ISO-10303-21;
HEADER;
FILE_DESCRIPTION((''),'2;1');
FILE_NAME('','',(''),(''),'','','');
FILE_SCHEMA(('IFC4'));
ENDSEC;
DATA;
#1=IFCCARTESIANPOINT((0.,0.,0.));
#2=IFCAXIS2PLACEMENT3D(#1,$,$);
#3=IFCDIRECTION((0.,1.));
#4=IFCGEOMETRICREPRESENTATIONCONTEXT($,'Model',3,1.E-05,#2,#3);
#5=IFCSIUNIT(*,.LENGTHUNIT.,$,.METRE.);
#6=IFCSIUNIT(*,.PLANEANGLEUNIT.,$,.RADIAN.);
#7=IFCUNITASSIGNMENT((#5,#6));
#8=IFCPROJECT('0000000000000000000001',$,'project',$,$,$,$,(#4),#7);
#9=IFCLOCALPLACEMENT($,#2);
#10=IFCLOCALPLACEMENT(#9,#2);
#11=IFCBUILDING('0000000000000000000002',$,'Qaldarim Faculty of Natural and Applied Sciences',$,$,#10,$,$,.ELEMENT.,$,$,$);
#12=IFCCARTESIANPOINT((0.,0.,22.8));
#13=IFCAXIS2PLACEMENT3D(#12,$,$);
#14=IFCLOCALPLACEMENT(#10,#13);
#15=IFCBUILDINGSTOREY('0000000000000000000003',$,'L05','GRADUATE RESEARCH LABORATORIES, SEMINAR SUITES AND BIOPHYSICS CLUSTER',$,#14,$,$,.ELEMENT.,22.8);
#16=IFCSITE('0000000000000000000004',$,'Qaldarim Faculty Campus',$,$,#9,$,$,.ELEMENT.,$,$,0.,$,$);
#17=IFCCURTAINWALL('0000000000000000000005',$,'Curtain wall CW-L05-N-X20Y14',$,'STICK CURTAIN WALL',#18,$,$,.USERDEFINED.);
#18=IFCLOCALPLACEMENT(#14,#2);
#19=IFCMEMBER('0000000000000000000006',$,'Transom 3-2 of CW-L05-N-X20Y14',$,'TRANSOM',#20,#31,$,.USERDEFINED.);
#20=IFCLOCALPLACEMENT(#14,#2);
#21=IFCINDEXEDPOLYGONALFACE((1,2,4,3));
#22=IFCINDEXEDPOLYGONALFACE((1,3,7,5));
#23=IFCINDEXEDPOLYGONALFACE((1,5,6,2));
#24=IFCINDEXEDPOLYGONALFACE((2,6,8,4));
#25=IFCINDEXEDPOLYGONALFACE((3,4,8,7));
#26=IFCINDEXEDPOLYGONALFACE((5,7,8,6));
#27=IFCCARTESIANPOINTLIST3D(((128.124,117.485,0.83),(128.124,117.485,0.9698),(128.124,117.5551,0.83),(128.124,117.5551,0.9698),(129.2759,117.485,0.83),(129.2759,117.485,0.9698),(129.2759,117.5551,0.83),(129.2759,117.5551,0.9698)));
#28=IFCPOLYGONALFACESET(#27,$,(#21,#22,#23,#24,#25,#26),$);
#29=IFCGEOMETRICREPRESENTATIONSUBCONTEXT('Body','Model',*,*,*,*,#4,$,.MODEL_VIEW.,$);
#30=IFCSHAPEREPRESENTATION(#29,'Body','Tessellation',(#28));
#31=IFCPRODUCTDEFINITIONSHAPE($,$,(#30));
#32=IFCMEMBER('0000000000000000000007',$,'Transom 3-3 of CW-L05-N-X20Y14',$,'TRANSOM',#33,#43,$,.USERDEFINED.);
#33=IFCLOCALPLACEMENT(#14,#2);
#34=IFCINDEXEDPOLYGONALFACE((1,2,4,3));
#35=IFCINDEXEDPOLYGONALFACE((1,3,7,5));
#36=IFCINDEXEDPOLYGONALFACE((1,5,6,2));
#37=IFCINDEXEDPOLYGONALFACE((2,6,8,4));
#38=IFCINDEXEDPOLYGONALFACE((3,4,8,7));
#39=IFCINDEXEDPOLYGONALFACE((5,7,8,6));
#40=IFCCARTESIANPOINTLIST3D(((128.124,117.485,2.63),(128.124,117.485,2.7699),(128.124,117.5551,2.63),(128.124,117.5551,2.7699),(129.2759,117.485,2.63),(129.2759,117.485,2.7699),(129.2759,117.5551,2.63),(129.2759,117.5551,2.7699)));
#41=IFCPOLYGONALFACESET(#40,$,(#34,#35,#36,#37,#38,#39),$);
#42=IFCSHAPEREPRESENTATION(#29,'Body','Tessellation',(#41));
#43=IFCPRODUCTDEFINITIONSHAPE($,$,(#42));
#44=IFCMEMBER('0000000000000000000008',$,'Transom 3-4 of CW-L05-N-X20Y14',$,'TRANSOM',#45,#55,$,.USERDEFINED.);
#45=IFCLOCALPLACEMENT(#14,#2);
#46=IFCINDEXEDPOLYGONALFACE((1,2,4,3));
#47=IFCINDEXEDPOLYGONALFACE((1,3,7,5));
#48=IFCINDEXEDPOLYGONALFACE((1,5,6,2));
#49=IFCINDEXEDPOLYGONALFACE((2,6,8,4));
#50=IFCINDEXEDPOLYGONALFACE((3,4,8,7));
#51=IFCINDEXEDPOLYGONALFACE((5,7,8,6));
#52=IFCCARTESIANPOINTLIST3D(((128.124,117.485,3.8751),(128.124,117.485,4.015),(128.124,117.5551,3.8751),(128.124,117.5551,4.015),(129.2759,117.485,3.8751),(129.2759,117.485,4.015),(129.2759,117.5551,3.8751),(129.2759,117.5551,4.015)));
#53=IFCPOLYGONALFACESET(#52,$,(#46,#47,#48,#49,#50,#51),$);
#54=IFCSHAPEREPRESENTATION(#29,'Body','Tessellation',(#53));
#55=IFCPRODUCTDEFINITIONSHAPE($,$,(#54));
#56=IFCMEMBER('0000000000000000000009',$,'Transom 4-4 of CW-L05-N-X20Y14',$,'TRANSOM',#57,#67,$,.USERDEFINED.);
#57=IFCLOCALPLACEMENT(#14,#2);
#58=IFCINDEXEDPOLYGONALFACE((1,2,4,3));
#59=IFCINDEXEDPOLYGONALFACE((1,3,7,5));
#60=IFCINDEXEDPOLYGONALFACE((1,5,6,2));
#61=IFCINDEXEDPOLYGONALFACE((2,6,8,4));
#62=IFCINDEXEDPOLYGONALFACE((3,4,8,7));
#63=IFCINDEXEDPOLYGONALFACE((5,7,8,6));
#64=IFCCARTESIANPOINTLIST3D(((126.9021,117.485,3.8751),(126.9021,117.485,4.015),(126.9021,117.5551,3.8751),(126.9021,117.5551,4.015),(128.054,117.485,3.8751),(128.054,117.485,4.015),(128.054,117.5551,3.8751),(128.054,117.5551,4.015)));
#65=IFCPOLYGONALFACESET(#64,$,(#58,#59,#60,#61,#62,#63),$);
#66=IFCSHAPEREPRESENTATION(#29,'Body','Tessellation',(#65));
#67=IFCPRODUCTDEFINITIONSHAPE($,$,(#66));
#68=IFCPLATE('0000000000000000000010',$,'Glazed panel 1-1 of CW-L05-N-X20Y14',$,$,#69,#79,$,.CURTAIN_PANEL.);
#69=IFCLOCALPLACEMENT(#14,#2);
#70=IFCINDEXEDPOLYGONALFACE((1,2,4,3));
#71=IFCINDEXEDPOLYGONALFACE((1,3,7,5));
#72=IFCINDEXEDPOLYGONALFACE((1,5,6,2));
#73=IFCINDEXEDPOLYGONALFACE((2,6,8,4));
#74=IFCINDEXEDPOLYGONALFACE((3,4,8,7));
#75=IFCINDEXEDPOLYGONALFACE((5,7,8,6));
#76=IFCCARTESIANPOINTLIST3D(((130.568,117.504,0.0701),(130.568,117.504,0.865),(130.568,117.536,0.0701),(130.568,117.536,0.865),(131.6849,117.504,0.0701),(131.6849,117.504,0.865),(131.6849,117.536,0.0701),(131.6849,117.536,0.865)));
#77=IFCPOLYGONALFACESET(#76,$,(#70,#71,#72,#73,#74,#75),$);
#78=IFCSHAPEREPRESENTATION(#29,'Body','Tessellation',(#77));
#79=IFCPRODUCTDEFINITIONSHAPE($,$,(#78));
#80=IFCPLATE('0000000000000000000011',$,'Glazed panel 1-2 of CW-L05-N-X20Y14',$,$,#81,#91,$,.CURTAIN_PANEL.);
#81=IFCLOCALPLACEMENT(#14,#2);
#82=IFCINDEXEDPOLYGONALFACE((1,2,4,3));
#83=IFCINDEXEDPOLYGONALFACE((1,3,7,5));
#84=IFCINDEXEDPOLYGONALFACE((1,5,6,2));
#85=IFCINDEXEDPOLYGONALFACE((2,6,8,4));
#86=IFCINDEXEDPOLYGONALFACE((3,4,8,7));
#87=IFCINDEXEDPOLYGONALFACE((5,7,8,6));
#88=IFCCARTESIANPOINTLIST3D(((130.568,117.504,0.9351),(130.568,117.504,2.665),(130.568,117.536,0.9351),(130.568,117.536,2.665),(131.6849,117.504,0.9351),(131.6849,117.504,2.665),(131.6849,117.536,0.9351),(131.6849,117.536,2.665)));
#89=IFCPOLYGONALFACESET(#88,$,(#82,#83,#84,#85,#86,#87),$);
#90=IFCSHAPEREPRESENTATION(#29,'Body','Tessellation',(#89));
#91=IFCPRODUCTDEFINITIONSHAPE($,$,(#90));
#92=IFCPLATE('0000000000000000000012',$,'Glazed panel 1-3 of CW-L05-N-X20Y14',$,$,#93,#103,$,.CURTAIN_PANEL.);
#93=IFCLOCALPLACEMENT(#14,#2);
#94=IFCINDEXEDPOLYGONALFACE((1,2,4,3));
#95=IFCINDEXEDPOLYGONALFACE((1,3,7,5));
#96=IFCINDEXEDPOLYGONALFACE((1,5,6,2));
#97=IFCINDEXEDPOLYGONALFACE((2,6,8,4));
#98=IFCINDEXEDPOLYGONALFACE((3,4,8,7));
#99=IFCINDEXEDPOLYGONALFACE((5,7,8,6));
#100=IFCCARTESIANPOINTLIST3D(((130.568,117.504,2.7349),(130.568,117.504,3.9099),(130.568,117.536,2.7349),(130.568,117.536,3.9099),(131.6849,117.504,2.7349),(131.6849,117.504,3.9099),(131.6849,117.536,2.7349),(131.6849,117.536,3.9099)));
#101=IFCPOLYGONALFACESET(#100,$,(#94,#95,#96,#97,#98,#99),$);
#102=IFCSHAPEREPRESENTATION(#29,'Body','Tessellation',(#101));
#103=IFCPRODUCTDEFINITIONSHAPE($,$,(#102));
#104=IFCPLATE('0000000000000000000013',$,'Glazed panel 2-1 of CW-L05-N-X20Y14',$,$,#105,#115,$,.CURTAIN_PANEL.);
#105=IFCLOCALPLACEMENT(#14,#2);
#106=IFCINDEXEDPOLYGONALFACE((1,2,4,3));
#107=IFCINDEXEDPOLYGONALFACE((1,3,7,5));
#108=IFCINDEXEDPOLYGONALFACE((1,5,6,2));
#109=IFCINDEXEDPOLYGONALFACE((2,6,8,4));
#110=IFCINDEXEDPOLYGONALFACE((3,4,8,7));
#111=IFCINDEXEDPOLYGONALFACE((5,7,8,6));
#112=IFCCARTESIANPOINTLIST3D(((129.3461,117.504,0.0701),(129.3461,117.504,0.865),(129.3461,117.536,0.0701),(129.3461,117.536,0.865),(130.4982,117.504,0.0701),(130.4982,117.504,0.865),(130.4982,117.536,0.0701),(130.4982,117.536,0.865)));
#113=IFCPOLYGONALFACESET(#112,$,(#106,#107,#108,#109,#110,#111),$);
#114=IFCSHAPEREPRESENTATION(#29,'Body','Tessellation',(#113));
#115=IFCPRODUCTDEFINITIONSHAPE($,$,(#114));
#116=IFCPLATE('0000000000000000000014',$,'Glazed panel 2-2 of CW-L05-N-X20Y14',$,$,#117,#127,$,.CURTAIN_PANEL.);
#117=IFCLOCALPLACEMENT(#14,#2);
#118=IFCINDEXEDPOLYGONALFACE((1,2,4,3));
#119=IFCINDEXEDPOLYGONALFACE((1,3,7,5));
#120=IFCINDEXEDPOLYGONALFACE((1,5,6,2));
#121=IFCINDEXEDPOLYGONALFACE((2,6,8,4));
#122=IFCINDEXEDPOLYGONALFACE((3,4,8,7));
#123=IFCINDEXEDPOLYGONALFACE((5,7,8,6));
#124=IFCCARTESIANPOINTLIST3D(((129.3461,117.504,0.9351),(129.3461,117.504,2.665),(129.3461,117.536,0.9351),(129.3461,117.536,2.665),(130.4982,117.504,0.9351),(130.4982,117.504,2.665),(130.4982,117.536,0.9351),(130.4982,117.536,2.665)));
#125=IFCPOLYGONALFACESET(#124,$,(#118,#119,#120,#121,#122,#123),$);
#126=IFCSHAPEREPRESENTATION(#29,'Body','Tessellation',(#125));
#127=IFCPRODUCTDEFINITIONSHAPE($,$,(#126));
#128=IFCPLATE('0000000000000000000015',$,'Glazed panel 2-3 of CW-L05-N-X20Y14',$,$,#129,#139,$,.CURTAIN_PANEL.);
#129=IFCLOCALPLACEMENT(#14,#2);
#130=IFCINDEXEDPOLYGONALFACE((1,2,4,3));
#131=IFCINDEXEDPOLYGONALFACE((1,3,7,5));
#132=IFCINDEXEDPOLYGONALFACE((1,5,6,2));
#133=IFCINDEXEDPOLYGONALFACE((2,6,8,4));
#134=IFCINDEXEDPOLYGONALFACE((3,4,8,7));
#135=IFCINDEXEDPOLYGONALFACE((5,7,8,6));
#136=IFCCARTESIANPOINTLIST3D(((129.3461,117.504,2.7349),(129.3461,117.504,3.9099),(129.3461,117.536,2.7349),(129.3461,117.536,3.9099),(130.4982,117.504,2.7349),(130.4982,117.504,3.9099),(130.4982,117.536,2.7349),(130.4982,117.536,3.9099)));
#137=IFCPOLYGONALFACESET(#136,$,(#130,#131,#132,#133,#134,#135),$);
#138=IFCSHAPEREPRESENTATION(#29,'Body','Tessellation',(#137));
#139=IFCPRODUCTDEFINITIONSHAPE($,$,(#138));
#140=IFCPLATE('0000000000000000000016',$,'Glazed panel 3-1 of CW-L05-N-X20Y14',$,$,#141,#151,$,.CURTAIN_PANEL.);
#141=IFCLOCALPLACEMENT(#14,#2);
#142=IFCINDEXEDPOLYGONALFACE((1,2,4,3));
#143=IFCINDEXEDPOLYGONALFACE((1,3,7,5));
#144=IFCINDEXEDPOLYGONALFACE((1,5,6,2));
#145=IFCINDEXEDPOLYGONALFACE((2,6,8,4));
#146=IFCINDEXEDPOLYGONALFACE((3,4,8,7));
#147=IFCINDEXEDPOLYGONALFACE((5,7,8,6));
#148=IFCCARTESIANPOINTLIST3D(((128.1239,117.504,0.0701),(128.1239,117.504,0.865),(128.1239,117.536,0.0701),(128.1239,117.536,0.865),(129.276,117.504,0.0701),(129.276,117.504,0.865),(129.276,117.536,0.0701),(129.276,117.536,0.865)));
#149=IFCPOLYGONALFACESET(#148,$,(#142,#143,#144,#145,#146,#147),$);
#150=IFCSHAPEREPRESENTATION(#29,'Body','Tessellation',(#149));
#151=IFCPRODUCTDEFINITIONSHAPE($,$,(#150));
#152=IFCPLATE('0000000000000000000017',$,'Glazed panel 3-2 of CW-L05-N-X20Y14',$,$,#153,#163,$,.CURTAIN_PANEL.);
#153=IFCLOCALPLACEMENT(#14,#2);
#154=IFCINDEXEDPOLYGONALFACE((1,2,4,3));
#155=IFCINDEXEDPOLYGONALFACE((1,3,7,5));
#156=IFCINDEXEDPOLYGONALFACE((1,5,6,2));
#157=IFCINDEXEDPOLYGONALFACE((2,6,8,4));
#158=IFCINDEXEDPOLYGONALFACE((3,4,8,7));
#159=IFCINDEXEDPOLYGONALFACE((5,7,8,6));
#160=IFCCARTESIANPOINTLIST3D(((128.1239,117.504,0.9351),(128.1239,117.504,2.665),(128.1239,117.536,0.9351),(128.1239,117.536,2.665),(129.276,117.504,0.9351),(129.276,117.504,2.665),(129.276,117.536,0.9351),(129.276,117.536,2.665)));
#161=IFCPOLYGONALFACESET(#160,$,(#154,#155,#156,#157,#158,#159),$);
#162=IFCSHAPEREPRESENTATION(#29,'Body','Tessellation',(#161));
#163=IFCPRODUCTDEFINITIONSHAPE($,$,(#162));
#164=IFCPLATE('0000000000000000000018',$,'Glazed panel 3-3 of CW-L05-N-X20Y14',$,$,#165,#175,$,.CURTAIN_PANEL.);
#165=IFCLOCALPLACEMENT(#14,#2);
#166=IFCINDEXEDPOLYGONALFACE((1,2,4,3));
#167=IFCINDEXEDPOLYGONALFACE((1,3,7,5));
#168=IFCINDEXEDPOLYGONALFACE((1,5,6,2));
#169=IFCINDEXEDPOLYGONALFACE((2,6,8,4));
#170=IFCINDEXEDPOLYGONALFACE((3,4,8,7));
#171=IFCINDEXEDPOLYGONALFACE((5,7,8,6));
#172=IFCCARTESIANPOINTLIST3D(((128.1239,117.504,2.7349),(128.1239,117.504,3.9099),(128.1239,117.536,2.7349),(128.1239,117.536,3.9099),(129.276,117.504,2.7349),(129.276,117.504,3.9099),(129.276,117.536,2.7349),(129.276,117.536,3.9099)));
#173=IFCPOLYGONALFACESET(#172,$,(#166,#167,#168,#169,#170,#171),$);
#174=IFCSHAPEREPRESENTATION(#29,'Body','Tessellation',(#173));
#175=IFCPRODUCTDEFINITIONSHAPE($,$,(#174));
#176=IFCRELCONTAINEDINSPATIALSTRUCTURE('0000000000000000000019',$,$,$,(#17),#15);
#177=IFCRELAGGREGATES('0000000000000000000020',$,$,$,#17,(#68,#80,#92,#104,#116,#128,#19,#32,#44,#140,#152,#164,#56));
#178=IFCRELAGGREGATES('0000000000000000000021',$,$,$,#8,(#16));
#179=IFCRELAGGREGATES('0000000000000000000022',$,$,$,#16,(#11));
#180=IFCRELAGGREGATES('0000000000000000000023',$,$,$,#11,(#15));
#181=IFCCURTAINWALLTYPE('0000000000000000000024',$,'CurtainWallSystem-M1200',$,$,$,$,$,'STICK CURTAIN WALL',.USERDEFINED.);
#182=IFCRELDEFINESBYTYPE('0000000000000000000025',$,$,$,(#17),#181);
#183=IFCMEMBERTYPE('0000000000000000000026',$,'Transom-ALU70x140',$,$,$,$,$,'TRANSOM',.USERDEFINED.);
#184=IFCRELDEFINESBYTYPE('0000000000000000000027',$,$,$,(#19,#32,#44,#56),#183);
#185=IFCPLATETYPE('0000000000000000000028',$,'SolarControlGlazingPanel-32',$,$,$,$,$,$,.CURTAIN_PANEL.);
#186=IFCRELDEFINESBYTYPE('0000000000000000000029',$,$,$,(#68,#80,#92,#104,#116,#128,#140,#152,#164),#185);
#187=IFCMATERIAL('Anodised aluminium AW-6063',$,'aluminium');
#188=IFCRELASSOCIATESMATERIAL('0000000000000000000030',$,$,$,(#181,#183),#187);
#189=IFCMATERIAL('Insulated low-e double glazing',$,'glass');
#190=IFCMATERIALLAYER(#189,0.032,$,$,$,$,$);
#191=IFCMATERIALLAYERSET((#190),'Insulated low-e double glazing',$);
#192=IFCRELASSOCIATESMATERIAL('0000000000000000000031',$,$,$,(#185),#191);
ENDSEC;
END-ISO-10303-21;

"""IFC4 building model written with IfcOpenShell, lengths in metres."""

from ifc_helpers import new_model, si_unit, direction, frame, origin, origin_2d, place, context, subcontext, project, spatial, rectangle, extrude, material, layer, layer_set, material_profile, profile_set, type_object, element, aggregate, save


model = new_model("IFC4")

# Units and contexts
model_context = context("Model", 3, precision=1e-05, world=origin(), true_north=direction((0.0, 1.0)))
body_context = subcontext(model_context, "Body", "Model", "MODEL_VIEW")
ifc_project = project(units=[si_unit("LENGTHUNIT", "METRE"), si_unit("PLANEANGLEUNIT", "RADIAN")], contexts=[model_context])

# Site, building, storey
site_placement = place(None, origin())
site = spatial("IfcSite", under=ifc_project, at=site_placement, Name="Qaldarim Faculty Campus", CompositionType="ELEMENT", RefElevation=0.0)
building_placement = place(site_placement, origin())
building = spatial("IfcBuilding", under=site, at=building_placement, Name="Qaldarim Faculty of Natural and Applied Sciences", CompositionType="ELEMENT")
storey_placement = place(building_placement, frame((0.0, 0.0, 22.8)))
storey = spatial("IfcBuildingStorey", under=building, at=storey_placement, Name="L05", Description="GRADUATE RESEARCH LABORATORIES, SEMINAR SUITES AND BIOPHYSICS CLUSTER", CompositionType="ELEMENT", Elevation=22.8)

# Curtain wall, members, plates
ifc_material_1 = material(Name="Anodised aluminium AW-6063", Category="aluminium")
curtain_wall_type = type_object("IfcCurtainWallType", Name="CurtainWallSystem-M1200", ElementType="STICK CURTAIN WALL", PredefinedType="USERDEFINED", material=ifc_material_1)
curtain_wall_placement = place(storey_placement, origin())
curtain_wall = element("IfcCurtainWall", 1, at=curtain_wall_placement, inside=storey, type_object=curtain_wall_type, Name="Curtain wall CW-L05-N-X20Y14", ObjectType="STICK CURTAIN WALL", PredefinedType="USERDEFINED")
ifc_material_profile_1 = material_profile(ifc_material_1, rectangle(XDim=0.0701, YDim=0.1399, at=origin_2d()), Name="ALU-T70x140")
ifc_profile_set_1 = profile_set([ifc_material_profile_1], Name="Anodised aluminium AW-6063")
member_type_1 = type_object("IfcMemberType", Name="Transom-ALU70x140", ElementType="TRANSOM", PredefinedType="USERDEFINED", material=ifc_profile_set_1)
member_1_placement = place(storey_placement, frame((129.2759, 117.52, 0.8999), z_axis=(-1.0, 0.0, 0.0), x_axis=(0.0, -1.0, 0.0)))
member_1 = element("IfcMember", 2, at=member_1_placement, type_object=member_type_1, Name="Transom 3-2 of CW-L05-N-X20Y14", ObjectType="TRANSOM", PredefinedType="USERDEFINED", context=body_context, shape_type="SweptSolid", body=[
    extrude(rectangle(XDim=0.0701, YDim=0.1399, at=origin_2d()), origin(), (0.0, 0.0, 1.0), 1.1519),
])
member_2_placement = place(storey_placement, frame((129.2759, 117.52, 2.7), z_axis=(-1.0, 0.0, 0.0), x_axis=(0.0, -1.0, 0.0)))
member_2 = element("IfcMember", 3, at=member_2_placement, type_object=member_type_1, Name="Transom 3-3 of CW-L05-N-X20Y14", ObjectType="TRANSOM", PredefinedType="USERDEFINED", context=body_context, shape_type="SweptSolid", body=[
    extrude(rectangle(XDim=0.0701, YDim=0.1399, at=origin_2d()), origin(), (0.0, 0.0, 1.0), 1.1519),
])
member_3_placement = place(storey_placement, frame((129.2759, 117.52, 3.9451), z_axis=(-1.0, 0.0, 0.0), x_axis=(0.0, -1.0, 0.0)))
member_3 = element("IfcMember", 4, at=member_3_placement, type_object=member_type_1, Name="Transom 3-4 of CW-L05-N-X20Y14", ObjectType="TRANSOM", PredefinedType="USERDEFINED", context=body_context, shape_type="SweptSolid", body=[
    extrude(rectangle(XDim=0.0701, YDim=0.1399, at=origin_2d()), origin(), (0.0, 0.0, 1.0), 1.1519),
])
member_4_placement = place(storey_placement, frame((128.054, 117.52, 3.9451), z_axis=(-1.0, 0.0, 0.0), x_axis=(0.0, -1.0, 0.0)))
member_4 = element("IfcMember", 5, at=member_4_placement, type_object=member_type_1, Name="Transom 4-4 of CW-L05-N-X20Y14", ObjectType="TRANSOM", PredefinedType="USERDEFINED", context=body_context, shape_type="SweptSolid", body=[
    extrude(rectangle(XDim=0.0701, YDim=0.1399, at=origin_2d()), origin(), (0.0, 0.0, 1.0), 1.1519),
])
ifc_material_2 = material(Name="Insulated low-e double glazing", Category="glass")
ifc_layer = layer(ifc_material_2, 0.032)
ifc_layer_set = layer_set([ifc_layer], Name="Insulated low-e double glazing")
plate_type = type_object("IfcPlateType", Name="SolarControlGlazingPanel-32", PredefinedType="CURTAIN_PANEL", material=ifc_layer_set)
plate_1_placement = place(storey_placement, frame((131.1265, 117.52, 0.0701), z_axis=(0.0, 0.0, 1.0), x_axis=(-1.0, 0.0, 0.0)))
plate_1 = element("IfcPlate", 6, at=plate_1_placement, type_object=plate_type, Name="Glazed panel 1-1 of CW-L05-N-X20Y14", PredefinedType="CURTAIN_PANEL", context=body_context, shape_type="SweptSolid", body=[
    extrude(rectangle(XDim=1.1169, YDim=0.032, at=origin_2d()), origin(), (0.0, 0.0, 1.0), 0.7949),
])
plate_2_placement = place(storey_placement, frame((131.1265, 117.52, 0.9351), z_axis=(0.0, 0.0, 1.0), x_axis=(-1.0, 0.0, 0.0)))
plate_2 = element("IfcPlate", 7, at=plate_2_placement, type_object=plate_type, Name="Glazed panel 1-2 of CW-L05-N-X20Y14", PredefinedType="CURTAIN_PANEL", context=body_context, shape_type="SweptSolid", body=[
    extrude(rectangle(XDim=1.1169, YDim=0.032, at=origin_2d()), origin(), (0.0, 0.0, 1.0), 1.73),
])
plate_3_placement = place(storey_placement, frame((131.1265, 117.52, 2.7349), z_axis=(0.0, 0.0, 1.0), x_axis=(-1.0, 0.0, 0.0)))
plate_3 = element("IfcPlate", 8, at=plate_3_placement, type_object=plate_type, Name="Glazed panel 1-3 of CW-L05-N-X20Y14", PredefinedType="CURTAIN_PANEL", context=body_context, shape_type="SweptSolid", body=[
    extrude(rectangle(XDim=1.1169, YDim=0.032, at=origin_2d()), origin(), (0.0, 0.0, 1.0), 1.175),
])
plate_4_placement = place(storey_placement, frame((129.9221, 117.52, 0.0701), z_axis=(0.0, 0.0, 1.0), x_axis=(-1.0, 0.0, 0.0)))
plate_4 = element("IfcPlate", 9, at=plate_4_placement, type_object=plate_type, Name="Glazed panel 2-1 of CW-L05-N-X20Y14", PredefinedType="CURTAIN_PANEL", context=body_context, shape_type="SweptSolid", body=[
    extrude(rectangle(XDim=1.1521, YDim=0.032, at=origin_2d()), origin(), (0.0, 0.0, 1.0), 0.7949),
])
plate_5_placement = place(storey_placement, frame((129.9221, 117.52, 0.9351), z_axis=(0.0, 0.0, 1.0), x_axis=(-1.0, 0.0, 0.0)))
plate_5 = element("IfcPlate", 10, at=plate_5_placement, type_object=plate_type, Name="Glazed panel 2-2 of CW-L05-N-X20Y14", PredefinedType="CURTAIN_PANEL", context=body_context, shape_type="SweptSolid", body=[
    extrude(rectangle(XDim=1.1521, YDim=0.032, at=origin_2d()), origin(), (0.0, 0.0, 1.0), 1.73),
])
plate_6_placement = place(storey_placement, frame((129.9221, 117.52, 2.7349), z_axis=(0.0, 0.0, 1.0), x_axis=(-1.0, 0.0, 0.0)))
plate_6 = element("IfcPlate", 11, at=plate_6_placement, type_object=plate_type, Name="Glazed panel 2-3 of CW-L05-N-X20Y14", PredefinedType="CURTAIN_PANEL", context=body_context, shape_type="SweptSolid", body=[
    extrude(rectangle(XDim=1.1521, YDim=0.032, at=origin_2d()), origin(), (0.0, 0.0, 1.0), 1.175),
])
plate_7_placement = place(storey_placement, frame((128.7, 117.52, 0.0701), z_axis=(0.0, 0.0, 1.0), x_axis=(-1.0, 0.0, 0.0)))
plate_7 = element("IfcPlate", 12, at=plate_7_placement, type_object=plate_type, Name="Glazed panel 3-1 of CW-L05-N-X20Y14", PredefinedType="CURTAIN_PANEL", context=body_context, shape_type="SweptSolid", body=[
    extrude(rectangle(XDim=1.1521, YDim=0.032, at=origin_2d()), origin(), (0.0, 0.0, 1.0), 0.7949),
])
plate_8_placement = place(storey_placement, frame((128.7, 117.52, 0.9351), z_axis=(0.0, 0.0, 1.0), x_axis=(-1.0, 0.0, 0.0)))
plate_8 = element("IfcPlate", 13, at=plate_8_placement, type_object=plate_type, Name="Glazed panel 3-2 of CW-L05-N-X20Y14", PredefinedType="CURTAIN_PANEL", context=body_context, shape_type="SweptSolid", body=[
    extrude(rectangle(XDim=1.1521, YDim=0.032, at=origin_2d()), origin(), (0.0, 0.0, 1.0), 1.73),
])
plate_9_placement = place(storey_placement, frame((128.7, 117.52, 2.7349), z_axis=(0.0, 0.0, 1.0), x_axis=(-1.0, 0.0, 0.0)))
plate_9 = element("IfcPlate", 14, at=plate_9_placement, type_object=plate_type, Name="Glazed panel 3-3 of CW-L05-N-X20Y14", PredefinedType="CURTAIN_PANEL", context=body_context, shape_type="SweptSolid", body=[
    extrude(rectangle(XDim=1.1521, YDim=0.032, at=origin_2d()), origin(), (0.0, 0.0, 1.0), 1.175),
])
aggregate(curtain_wall, [plate_1, plate_2, plate_3, plate_4, plate_5, plate_6, member_1, member_2, member_3, plate_7, plate_8, plate_9, member_4])

save(model, "model.ifc")
